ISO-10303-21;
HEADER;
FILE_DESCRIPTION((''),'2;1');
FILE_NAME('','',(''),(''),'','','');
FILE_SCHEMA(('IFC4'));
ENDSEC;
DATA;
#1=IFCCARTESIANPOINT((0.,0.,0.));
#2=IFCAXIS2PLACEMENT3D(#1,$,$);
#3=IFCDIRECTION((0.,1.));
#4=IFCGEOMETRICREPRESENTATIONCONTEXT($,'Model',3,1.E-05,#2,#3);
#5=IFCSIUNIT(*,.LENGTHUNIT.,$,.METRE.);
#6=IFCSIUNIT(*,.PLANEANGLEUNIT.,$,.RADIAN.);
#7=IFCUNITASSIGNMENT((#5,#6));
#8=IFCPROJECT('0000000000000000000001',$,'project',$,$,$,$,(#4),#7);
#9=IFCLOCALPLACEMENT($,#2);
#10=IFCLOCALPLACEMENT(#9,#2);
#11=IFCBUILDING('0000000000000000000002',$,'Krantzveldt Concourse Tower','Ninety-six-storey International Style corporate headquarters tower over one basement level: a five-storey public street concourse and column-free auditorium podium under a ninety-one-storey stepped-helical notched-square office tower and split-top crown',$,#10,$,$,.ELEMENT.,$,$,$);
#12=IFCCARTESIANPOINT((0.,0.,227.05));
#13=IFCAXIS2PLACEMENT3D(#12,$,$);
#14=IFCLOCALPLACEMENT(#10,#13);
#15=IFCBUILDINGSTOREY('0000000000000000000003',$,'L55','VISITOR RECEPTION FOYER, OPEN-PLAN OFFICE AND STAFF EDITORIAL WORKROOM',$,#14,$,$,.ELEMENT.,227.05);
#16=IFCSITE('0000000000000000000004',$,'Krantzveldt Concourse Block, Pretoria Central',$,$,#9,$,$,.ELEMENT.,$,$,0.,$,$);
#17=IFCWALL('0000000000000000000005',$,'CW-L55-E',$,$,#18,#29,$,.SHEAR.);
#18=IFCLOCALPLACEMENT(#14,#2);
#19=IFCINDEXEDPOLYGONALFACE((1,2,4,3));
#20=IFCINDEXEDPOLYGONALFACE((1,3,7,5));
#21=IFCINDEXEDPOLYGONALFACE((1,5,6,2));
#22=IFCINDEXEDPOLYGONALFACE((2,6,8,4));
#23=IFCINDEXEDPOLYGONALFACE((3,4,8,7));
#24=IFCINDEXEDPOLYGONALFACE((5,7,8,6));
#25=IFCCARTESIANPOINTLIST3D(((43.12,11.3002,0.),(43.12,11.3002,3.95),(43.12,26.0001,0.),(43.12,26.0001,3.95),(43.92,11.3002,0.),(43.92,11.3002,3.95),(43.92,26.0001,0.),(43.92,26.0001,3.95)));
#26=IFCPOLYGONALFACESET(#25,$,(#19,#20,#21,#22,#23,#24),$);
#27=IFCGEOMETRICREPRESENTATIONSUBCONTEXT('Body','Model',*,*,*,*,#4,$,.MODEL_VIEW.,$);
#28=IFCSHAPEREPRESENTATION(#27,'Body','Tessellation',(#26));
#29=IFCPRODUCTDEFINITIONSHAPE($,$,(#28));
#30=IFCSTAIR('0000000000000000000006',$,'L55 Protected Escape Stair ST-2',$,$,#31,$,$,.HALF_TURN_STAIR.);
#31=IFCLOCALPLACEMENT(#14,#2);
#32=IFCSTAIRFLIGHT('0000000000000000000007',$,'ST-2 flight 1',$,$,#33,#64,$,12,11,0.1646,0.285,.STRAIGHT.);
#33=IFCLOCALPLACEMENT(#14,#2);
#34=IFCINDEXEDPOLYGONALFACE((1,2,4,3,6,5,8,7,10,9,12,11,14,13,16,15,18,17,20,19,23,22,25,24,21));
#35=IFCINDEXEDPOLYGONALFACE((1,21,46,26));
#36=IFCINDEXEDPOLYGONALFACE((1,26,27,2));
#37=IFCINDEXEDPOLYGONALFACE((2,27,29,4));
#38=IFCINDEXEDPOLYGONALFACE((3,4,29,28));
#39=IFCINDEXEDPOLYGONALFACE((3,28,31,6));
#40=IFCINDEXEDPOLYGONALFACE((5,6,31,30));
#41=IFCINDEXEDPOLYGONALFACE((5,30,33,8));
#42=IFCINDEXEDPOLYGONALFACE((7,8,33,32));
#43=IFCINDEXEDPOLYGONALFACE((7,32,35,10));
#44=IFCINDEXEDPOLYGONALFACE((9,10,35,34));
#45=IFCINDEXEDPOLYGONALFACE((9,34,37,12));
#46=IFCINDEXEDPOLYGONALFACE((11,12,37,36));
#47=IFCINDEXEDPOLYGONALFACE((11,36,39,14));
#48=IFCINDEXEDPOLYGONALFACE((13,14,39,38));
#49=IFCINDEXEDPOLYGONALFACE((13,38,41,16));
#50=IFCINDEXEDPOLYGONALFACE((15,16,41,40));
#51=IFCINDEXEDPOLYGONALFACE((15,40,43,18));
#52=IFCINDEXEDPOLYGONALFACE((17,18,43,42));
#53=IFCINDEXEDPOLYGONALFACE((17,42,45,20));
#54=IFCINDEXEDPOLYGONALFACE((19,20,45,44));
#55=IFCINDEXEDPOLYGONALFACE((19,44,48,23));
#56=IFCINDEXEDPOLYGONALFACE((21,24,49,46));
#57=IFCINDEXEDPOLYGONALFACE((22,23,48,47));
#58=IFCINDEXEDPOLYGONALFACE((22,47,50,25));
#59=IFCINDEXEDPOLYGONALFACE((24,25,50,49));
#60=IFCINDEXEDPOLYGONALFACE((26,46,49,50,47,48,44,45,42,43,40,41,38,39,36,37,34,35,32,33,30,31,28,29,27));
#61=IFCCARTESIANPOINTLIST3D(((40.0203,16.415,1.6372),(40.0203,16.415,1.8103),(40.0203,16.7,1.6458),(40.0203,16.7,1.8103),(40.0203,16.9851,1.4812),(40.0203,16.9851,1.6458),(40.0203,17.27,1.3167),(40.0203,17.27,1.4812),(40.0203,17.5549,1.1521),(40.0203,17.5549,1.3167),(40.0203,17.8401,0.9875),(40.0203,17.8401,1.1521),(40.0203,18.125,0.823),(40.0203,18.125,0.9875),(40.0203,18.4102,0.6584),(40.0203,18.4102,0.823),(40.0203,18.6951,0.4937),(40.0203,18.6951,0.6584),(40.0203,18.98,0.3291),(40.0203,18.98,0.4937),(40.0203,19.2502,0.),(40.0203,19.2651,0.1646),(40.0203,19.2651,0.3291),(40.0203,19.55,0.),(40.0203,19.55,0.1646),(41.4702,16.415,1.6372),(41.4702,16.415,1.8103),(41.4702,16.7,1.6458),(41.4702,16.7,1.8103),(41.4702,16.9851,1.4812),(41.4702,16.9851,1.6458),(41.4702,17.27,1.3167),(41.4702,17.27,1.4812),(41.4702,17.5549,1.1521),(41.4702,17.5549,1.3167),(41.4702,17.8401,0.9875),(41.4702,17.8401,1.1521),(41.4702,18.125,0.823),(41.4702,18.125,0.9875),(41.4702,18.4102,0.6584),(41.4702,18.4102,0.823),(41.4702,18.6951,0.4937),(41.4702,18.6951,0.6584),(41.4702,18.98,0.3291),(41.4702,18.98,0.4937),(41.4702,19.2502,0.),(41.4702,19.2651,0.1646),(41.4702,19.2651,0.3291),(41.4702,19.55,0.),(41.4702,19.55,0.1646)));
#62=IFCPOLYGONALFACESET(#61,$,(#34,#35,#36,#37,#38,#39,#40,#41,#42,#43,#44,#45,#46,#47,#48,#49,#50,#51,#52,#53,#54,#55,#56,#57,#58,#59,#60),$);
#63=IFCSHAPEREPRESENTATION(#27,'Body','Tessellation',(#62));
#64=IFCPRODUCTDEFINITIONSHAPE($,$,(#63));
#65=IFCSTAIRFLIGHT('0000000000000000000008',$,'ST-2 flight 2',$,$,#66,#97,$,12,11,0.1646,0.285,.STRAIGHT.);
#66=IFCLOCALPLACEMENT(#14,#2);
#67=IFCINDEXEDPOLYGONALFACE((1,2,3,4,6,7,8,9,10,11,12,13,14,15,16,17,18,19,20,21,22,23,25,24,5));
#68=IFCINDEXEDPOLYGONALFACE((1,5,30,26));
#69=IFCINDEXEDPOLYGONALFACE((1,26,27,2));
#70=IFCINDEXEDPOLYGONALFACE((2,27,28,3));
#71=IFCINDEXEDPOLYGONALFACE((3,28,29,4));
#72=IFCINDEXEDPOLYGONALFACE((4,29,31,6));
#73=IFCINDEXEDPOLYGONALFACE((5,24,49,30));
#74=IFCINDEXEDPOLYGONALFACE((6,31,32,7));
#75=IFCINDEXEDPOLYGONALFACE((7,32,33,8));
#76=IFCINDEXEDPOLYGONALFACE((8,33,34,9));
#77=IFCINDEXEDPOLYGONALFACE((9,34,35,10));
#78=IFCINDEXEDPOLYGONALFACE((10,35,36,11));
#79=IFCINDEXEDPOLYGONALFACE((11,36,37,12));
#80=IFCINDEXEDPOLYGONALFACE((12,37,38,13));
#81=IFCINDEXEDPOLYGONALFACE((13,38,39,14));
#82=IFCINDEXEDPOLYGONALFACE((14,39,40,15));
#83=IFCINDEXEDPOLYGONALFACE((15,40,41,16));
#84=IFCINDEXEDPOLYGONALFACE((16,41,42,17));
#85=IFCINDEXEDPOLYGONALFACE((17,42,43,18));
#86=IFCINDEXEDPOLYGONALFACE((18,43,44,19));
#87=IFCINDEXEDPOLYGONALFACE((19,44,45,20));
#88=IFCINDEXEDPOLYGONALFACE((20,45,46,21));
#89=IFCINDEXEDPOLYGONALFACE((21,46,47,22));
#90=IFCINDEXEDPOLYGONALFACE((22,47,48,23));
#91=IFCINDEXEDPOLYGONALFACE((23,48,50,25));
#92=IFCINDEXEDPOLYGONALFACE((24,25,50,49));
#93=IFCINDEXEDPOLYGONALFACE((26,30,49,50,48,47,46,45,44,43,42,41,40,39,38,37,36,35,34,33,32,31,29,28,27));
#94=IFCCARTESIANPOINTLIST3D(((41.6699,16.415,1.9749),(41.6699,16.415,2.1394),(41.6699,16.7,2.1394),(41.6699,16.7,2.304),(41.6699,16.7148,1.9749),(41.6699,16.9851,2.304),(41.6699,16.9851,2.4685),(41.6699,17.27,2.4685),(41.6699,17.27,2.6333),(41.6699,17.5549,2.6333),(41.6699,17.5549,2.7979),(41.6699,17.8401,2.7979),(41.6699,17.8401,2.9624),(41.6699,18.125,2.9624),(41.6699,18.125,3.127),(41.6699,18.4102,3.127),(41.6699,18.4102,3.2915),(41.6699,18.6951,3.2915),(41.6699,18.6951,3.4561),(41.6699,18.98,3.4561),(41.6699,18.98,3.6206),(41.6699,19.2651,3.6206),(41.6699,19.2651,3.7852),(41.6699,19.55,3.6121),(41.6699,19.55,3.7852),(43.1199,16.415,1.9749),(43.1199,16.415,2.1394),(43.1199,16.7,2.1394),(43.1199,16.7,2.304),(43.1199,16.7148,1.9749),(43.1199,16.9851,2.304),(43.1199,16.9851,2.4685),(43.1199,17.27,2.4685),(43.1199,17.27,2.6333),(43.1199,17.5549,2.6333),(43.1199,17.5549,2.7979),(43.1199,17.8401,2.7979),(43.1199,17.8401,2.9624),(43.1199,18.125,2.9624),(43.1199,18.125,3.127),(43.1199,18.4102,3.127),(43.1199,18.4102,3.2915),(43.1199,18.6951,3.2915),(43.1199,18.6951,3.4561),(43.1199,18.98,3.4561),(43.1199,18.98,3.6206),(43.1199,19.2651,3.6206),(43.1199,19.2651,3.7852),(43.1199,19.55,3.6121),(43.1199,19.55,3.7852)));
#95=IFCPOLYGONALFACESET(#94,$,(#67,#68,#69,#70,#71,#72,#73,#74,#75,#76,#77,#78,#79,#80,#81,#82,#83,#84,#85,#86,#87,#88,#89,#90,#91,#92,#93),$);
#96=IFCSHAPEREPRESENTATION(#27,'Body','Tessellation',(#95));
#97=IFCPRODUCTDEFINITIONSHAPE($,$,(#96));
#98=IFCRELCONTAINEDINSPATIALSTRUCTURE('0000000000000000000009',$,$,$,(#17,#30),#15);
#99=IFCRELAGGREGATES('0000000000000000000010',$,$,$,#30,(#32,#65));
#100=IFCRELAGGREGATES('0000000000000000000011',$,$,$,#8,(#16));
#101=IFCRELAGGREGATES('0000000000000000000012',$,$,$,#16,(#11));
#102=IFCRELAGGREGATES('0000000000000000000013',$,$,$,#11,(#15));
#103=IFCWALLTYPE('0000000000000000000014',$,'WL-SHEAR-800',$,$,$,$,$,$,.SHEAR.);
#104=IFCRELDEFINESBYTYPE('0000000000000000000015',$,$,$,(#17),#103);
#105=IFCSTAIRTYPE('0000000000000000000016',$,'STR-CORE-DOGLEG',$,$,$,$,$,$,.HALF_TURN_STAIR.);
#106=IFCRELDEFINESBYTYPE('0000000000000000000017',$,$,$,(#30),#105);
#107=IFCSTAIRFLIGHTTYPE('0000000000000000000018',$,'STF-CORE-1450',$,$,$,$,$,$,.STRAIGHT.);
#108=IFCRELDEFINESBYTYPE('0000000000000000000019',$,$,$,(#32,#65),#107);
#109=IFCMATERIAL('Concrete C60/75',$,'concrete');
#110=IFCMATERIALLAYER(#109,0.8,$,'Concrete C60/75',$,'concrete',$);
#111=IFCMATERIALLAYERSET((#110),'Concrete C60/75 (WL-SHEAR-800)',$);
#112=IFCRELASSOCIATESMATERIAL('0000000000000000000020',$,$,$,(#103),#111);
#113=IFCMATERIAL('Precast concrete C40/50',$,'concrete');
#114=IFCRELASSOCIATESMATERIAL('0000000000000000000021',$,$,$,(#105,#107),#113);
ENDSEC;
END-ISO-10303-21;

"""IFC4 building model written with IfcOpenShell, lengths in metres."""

from ifc_helpers import new_model, si_unit, direction, frame, frame_2d, origin, place, context, subcontext, project, spatial, polyline, rectangle, outline, extrude, material, layer, layer_set, type_object, element, aggregate, save


model = new_model("IFC4")

# Units and contexts
model_context = context("Model", 3, precision=1e-05, world=origin(), true_north=direction((0.0, 1.0)))
body_context = subcontext(model_context, "Body", "Model", "MODEL_VIEW")
ifc_project = project(units=[si_unit("LENGTHUNIT", "METRE"), si_unit("PLANEANGLEUNIT", "RADIAN")], contexts=[model_context])

# Site, building, storey
site_placement = place(None, origin())
site = spatial("IfcSite", under=ifc_project, at=site_placement, Name="Krantzveldt Concourse Block, Pretoria Central", CompositionType="ELEMENT", RefElevation=0.0)
building_placement = place(site_placement, origin())
building = spatial("IfcBuilding", under=site, at=building_placement, Name="Krantzveldt Concourse Tower", Description="Ninety-six-storey International Style corporate headquarters tower over one basement level: a five-storey public street concourse and column-free auditorium podium under a ninety-one-storey stepped-helical notched-square office tower and split-top crown", CompositionType="ELEMENT")
storey_placement = place(building_placement, frame((0.0, 0.0, 227.05)))
storey = spatial("IfcBuildingStorey", under=building, at=storey_placement, Name="L55", Description="VISITOR RECEPTION FOYER, OPEN-PLAN OFFICE AND STAFF EDITORIAL WORKROOM", CompositionType="ELEMENT", Elevation=227.05)

# Wall
ifc_material_1 = material(Name="Concrete C60/75", Category="concrete")
ifc_layer_1 = layer(ifc_material_1, 0.8, Name="Concrete C60/75", Category="concrete")
ifc_layer_set_1 = layer_set([ifc_layer_1], Name="Concrete C60/75 (WL-SHEAR-800)")
wall_type_1 = type_object("IfcWallType", Name="WL-SHEAR-800", PredefinedType="SHEAR", material=ifc_layer_set_1)
wall_1_placement = place(storey_placement, frame((43.52, 11.3, 0.0), z_axis=(0.0, 0.0, 1.0), x_axis=(0.0, 1.0, 0.0)))
element("IfcWall", 1, at=wall_1_placement, inside=storey, type_object=wall_type_1, Name="CW-L55-E", PredefinedType="SHEAR", context=body_context, shape_type="SweptSolid", body=[
    extrude(rectangle(XDim=14.7, YDim=0.8, at=frame_2d((7.3501, 0.0))), origin(), (0.0, 0.0, 1.0), 3.95),
])

# Stair, stair flights
ifc_material_2 = material(Name="Precast concrete C40/50", Category="concrete")
stair_type = type_object("IfcStairType", Name="STR-CORE-DOGLEG", PredefinedType="HALF_TURN_STAIR", material=ifc_material_2)
stair_placement = place(storey_placement, origin())
stair = element("IfcStair", 2, at=stair_placement, inside=storey, type_object=stair_type, Name="L55 Protected Escape Stair ST-2", PredefinedType="HALF_TURN_STAIR")
stair_flight_type = type_object("IfcStairFlightType", Name="STF-CORE-1450", PredefinedType="STRAIGHT", material=ifc_material_2)
stair_flight_1_placement = place(storey_placement, frame((40.7451, 19.55, 0.0), z_axis=(0.0, 0.0, 1.0), x_axis=(0.0, -1.0, 0.0)))
stair_flight_1 = element("IfcStairFlight", 3, at=stair_flight_1_placement, type_object=stair_flight_type, Name="ST-2 flight 1", NumberOfRisers=12, NumberOfTreads=11, PredefinedType="STRAIGHT", RiserHeight=0.1646, TreadLength=0.285, context=body_context, shape_type="SweptSolid", body=[
    extrude(outline(polyline([(0.0, 0.0), (0.0, 0.1646), (0.2849, 0.1646), (0.2849, 0.3291), (0.5701, 0.3291), (0.5701, 0.4937), (0.855, 0.4937), (0.855, 0.6584), (1.1399, 0.6584), (1.1399, 0.823), (1.425, 0.823), (1.425, 0.9875), (1.71, 0.9875), (1.71, 1.1521), (1.9951, 1.1521), (1.9951, 1.3167), (2.28, 1.3167), (2.28, 1.4812), (2.5649, 1.4812), (2.5649, 1.6458), (2.8501, 1.6458), (2.8501, 1.8103), (3.135, 1.8103), (3.135, 1.9751), (3.135, 1.6372), (0.2998, 0.0), (0.0, 0.0)])), frame((0.0, 0.7251, 0.0), z_axis=(0.0, -1.0, 0.0), x_axis=(1.0, 0.0, 0.0)), (0.0, 0.0, 1.0), 1.45),
])
stair_flight_2_placement = place(storey_placement, frame((42.395, 16.415, 1.9749), z_axis=(0.0, 0.0, 1.0), x_axis=(0.0, 1.0, 0.0)))
stair_flight_2 = element("IfcStairFlight", 4, at=stair_flight_2_placement, type_object=stair_flight_type, Name="ST-2 flight 2", NumberOfRisers=12, NumberOfTreads=11, PredefinedType="STRAIGHT", RiserHeight=0.1646, TreadLength=0.285, context=body_context, shape_type="SweptSolid", body=[
    extrude(outline(polyline([(0.0, 0.0), (0.0, 0.1646), (0.2849, 0.1646), (0.2849, 0.3291), (0.5701, 0.3291), (0.5701, 0.4937), (0.855, 0.4937), (0.855, 0.6584), (1.1399, 0.6584), (1.1399, 0.823), (1.425, 0.823), (1.425, 0.9875), (1.71, 0.9875), (1.71, 1.1521), (1.9951, 1.1521), (1.9951, 1.3167), (2.28, 1.3167), (2.28, 1.4812), (2.5649, 1.4812), (2.5649, 1.6458), (2.8501, 1.6458), (2.8501, 1.8103), (3.135, 1.8103), (3.135, 1.9751), (3.135, 1.6372), (0.2998, 0.0), (0.0, 0.0)])), frame((0.0, 0.7251, 0.0), z_axis=(0.0, -1.0, 0.0), x_axis=(1.0, 0.0, 0.0)), (0.0, 0.0, 1.0), 1.45),
])
aggregate(stair, [stair_flight_1, stair_flight_2])

save(model, "model.ifc")
